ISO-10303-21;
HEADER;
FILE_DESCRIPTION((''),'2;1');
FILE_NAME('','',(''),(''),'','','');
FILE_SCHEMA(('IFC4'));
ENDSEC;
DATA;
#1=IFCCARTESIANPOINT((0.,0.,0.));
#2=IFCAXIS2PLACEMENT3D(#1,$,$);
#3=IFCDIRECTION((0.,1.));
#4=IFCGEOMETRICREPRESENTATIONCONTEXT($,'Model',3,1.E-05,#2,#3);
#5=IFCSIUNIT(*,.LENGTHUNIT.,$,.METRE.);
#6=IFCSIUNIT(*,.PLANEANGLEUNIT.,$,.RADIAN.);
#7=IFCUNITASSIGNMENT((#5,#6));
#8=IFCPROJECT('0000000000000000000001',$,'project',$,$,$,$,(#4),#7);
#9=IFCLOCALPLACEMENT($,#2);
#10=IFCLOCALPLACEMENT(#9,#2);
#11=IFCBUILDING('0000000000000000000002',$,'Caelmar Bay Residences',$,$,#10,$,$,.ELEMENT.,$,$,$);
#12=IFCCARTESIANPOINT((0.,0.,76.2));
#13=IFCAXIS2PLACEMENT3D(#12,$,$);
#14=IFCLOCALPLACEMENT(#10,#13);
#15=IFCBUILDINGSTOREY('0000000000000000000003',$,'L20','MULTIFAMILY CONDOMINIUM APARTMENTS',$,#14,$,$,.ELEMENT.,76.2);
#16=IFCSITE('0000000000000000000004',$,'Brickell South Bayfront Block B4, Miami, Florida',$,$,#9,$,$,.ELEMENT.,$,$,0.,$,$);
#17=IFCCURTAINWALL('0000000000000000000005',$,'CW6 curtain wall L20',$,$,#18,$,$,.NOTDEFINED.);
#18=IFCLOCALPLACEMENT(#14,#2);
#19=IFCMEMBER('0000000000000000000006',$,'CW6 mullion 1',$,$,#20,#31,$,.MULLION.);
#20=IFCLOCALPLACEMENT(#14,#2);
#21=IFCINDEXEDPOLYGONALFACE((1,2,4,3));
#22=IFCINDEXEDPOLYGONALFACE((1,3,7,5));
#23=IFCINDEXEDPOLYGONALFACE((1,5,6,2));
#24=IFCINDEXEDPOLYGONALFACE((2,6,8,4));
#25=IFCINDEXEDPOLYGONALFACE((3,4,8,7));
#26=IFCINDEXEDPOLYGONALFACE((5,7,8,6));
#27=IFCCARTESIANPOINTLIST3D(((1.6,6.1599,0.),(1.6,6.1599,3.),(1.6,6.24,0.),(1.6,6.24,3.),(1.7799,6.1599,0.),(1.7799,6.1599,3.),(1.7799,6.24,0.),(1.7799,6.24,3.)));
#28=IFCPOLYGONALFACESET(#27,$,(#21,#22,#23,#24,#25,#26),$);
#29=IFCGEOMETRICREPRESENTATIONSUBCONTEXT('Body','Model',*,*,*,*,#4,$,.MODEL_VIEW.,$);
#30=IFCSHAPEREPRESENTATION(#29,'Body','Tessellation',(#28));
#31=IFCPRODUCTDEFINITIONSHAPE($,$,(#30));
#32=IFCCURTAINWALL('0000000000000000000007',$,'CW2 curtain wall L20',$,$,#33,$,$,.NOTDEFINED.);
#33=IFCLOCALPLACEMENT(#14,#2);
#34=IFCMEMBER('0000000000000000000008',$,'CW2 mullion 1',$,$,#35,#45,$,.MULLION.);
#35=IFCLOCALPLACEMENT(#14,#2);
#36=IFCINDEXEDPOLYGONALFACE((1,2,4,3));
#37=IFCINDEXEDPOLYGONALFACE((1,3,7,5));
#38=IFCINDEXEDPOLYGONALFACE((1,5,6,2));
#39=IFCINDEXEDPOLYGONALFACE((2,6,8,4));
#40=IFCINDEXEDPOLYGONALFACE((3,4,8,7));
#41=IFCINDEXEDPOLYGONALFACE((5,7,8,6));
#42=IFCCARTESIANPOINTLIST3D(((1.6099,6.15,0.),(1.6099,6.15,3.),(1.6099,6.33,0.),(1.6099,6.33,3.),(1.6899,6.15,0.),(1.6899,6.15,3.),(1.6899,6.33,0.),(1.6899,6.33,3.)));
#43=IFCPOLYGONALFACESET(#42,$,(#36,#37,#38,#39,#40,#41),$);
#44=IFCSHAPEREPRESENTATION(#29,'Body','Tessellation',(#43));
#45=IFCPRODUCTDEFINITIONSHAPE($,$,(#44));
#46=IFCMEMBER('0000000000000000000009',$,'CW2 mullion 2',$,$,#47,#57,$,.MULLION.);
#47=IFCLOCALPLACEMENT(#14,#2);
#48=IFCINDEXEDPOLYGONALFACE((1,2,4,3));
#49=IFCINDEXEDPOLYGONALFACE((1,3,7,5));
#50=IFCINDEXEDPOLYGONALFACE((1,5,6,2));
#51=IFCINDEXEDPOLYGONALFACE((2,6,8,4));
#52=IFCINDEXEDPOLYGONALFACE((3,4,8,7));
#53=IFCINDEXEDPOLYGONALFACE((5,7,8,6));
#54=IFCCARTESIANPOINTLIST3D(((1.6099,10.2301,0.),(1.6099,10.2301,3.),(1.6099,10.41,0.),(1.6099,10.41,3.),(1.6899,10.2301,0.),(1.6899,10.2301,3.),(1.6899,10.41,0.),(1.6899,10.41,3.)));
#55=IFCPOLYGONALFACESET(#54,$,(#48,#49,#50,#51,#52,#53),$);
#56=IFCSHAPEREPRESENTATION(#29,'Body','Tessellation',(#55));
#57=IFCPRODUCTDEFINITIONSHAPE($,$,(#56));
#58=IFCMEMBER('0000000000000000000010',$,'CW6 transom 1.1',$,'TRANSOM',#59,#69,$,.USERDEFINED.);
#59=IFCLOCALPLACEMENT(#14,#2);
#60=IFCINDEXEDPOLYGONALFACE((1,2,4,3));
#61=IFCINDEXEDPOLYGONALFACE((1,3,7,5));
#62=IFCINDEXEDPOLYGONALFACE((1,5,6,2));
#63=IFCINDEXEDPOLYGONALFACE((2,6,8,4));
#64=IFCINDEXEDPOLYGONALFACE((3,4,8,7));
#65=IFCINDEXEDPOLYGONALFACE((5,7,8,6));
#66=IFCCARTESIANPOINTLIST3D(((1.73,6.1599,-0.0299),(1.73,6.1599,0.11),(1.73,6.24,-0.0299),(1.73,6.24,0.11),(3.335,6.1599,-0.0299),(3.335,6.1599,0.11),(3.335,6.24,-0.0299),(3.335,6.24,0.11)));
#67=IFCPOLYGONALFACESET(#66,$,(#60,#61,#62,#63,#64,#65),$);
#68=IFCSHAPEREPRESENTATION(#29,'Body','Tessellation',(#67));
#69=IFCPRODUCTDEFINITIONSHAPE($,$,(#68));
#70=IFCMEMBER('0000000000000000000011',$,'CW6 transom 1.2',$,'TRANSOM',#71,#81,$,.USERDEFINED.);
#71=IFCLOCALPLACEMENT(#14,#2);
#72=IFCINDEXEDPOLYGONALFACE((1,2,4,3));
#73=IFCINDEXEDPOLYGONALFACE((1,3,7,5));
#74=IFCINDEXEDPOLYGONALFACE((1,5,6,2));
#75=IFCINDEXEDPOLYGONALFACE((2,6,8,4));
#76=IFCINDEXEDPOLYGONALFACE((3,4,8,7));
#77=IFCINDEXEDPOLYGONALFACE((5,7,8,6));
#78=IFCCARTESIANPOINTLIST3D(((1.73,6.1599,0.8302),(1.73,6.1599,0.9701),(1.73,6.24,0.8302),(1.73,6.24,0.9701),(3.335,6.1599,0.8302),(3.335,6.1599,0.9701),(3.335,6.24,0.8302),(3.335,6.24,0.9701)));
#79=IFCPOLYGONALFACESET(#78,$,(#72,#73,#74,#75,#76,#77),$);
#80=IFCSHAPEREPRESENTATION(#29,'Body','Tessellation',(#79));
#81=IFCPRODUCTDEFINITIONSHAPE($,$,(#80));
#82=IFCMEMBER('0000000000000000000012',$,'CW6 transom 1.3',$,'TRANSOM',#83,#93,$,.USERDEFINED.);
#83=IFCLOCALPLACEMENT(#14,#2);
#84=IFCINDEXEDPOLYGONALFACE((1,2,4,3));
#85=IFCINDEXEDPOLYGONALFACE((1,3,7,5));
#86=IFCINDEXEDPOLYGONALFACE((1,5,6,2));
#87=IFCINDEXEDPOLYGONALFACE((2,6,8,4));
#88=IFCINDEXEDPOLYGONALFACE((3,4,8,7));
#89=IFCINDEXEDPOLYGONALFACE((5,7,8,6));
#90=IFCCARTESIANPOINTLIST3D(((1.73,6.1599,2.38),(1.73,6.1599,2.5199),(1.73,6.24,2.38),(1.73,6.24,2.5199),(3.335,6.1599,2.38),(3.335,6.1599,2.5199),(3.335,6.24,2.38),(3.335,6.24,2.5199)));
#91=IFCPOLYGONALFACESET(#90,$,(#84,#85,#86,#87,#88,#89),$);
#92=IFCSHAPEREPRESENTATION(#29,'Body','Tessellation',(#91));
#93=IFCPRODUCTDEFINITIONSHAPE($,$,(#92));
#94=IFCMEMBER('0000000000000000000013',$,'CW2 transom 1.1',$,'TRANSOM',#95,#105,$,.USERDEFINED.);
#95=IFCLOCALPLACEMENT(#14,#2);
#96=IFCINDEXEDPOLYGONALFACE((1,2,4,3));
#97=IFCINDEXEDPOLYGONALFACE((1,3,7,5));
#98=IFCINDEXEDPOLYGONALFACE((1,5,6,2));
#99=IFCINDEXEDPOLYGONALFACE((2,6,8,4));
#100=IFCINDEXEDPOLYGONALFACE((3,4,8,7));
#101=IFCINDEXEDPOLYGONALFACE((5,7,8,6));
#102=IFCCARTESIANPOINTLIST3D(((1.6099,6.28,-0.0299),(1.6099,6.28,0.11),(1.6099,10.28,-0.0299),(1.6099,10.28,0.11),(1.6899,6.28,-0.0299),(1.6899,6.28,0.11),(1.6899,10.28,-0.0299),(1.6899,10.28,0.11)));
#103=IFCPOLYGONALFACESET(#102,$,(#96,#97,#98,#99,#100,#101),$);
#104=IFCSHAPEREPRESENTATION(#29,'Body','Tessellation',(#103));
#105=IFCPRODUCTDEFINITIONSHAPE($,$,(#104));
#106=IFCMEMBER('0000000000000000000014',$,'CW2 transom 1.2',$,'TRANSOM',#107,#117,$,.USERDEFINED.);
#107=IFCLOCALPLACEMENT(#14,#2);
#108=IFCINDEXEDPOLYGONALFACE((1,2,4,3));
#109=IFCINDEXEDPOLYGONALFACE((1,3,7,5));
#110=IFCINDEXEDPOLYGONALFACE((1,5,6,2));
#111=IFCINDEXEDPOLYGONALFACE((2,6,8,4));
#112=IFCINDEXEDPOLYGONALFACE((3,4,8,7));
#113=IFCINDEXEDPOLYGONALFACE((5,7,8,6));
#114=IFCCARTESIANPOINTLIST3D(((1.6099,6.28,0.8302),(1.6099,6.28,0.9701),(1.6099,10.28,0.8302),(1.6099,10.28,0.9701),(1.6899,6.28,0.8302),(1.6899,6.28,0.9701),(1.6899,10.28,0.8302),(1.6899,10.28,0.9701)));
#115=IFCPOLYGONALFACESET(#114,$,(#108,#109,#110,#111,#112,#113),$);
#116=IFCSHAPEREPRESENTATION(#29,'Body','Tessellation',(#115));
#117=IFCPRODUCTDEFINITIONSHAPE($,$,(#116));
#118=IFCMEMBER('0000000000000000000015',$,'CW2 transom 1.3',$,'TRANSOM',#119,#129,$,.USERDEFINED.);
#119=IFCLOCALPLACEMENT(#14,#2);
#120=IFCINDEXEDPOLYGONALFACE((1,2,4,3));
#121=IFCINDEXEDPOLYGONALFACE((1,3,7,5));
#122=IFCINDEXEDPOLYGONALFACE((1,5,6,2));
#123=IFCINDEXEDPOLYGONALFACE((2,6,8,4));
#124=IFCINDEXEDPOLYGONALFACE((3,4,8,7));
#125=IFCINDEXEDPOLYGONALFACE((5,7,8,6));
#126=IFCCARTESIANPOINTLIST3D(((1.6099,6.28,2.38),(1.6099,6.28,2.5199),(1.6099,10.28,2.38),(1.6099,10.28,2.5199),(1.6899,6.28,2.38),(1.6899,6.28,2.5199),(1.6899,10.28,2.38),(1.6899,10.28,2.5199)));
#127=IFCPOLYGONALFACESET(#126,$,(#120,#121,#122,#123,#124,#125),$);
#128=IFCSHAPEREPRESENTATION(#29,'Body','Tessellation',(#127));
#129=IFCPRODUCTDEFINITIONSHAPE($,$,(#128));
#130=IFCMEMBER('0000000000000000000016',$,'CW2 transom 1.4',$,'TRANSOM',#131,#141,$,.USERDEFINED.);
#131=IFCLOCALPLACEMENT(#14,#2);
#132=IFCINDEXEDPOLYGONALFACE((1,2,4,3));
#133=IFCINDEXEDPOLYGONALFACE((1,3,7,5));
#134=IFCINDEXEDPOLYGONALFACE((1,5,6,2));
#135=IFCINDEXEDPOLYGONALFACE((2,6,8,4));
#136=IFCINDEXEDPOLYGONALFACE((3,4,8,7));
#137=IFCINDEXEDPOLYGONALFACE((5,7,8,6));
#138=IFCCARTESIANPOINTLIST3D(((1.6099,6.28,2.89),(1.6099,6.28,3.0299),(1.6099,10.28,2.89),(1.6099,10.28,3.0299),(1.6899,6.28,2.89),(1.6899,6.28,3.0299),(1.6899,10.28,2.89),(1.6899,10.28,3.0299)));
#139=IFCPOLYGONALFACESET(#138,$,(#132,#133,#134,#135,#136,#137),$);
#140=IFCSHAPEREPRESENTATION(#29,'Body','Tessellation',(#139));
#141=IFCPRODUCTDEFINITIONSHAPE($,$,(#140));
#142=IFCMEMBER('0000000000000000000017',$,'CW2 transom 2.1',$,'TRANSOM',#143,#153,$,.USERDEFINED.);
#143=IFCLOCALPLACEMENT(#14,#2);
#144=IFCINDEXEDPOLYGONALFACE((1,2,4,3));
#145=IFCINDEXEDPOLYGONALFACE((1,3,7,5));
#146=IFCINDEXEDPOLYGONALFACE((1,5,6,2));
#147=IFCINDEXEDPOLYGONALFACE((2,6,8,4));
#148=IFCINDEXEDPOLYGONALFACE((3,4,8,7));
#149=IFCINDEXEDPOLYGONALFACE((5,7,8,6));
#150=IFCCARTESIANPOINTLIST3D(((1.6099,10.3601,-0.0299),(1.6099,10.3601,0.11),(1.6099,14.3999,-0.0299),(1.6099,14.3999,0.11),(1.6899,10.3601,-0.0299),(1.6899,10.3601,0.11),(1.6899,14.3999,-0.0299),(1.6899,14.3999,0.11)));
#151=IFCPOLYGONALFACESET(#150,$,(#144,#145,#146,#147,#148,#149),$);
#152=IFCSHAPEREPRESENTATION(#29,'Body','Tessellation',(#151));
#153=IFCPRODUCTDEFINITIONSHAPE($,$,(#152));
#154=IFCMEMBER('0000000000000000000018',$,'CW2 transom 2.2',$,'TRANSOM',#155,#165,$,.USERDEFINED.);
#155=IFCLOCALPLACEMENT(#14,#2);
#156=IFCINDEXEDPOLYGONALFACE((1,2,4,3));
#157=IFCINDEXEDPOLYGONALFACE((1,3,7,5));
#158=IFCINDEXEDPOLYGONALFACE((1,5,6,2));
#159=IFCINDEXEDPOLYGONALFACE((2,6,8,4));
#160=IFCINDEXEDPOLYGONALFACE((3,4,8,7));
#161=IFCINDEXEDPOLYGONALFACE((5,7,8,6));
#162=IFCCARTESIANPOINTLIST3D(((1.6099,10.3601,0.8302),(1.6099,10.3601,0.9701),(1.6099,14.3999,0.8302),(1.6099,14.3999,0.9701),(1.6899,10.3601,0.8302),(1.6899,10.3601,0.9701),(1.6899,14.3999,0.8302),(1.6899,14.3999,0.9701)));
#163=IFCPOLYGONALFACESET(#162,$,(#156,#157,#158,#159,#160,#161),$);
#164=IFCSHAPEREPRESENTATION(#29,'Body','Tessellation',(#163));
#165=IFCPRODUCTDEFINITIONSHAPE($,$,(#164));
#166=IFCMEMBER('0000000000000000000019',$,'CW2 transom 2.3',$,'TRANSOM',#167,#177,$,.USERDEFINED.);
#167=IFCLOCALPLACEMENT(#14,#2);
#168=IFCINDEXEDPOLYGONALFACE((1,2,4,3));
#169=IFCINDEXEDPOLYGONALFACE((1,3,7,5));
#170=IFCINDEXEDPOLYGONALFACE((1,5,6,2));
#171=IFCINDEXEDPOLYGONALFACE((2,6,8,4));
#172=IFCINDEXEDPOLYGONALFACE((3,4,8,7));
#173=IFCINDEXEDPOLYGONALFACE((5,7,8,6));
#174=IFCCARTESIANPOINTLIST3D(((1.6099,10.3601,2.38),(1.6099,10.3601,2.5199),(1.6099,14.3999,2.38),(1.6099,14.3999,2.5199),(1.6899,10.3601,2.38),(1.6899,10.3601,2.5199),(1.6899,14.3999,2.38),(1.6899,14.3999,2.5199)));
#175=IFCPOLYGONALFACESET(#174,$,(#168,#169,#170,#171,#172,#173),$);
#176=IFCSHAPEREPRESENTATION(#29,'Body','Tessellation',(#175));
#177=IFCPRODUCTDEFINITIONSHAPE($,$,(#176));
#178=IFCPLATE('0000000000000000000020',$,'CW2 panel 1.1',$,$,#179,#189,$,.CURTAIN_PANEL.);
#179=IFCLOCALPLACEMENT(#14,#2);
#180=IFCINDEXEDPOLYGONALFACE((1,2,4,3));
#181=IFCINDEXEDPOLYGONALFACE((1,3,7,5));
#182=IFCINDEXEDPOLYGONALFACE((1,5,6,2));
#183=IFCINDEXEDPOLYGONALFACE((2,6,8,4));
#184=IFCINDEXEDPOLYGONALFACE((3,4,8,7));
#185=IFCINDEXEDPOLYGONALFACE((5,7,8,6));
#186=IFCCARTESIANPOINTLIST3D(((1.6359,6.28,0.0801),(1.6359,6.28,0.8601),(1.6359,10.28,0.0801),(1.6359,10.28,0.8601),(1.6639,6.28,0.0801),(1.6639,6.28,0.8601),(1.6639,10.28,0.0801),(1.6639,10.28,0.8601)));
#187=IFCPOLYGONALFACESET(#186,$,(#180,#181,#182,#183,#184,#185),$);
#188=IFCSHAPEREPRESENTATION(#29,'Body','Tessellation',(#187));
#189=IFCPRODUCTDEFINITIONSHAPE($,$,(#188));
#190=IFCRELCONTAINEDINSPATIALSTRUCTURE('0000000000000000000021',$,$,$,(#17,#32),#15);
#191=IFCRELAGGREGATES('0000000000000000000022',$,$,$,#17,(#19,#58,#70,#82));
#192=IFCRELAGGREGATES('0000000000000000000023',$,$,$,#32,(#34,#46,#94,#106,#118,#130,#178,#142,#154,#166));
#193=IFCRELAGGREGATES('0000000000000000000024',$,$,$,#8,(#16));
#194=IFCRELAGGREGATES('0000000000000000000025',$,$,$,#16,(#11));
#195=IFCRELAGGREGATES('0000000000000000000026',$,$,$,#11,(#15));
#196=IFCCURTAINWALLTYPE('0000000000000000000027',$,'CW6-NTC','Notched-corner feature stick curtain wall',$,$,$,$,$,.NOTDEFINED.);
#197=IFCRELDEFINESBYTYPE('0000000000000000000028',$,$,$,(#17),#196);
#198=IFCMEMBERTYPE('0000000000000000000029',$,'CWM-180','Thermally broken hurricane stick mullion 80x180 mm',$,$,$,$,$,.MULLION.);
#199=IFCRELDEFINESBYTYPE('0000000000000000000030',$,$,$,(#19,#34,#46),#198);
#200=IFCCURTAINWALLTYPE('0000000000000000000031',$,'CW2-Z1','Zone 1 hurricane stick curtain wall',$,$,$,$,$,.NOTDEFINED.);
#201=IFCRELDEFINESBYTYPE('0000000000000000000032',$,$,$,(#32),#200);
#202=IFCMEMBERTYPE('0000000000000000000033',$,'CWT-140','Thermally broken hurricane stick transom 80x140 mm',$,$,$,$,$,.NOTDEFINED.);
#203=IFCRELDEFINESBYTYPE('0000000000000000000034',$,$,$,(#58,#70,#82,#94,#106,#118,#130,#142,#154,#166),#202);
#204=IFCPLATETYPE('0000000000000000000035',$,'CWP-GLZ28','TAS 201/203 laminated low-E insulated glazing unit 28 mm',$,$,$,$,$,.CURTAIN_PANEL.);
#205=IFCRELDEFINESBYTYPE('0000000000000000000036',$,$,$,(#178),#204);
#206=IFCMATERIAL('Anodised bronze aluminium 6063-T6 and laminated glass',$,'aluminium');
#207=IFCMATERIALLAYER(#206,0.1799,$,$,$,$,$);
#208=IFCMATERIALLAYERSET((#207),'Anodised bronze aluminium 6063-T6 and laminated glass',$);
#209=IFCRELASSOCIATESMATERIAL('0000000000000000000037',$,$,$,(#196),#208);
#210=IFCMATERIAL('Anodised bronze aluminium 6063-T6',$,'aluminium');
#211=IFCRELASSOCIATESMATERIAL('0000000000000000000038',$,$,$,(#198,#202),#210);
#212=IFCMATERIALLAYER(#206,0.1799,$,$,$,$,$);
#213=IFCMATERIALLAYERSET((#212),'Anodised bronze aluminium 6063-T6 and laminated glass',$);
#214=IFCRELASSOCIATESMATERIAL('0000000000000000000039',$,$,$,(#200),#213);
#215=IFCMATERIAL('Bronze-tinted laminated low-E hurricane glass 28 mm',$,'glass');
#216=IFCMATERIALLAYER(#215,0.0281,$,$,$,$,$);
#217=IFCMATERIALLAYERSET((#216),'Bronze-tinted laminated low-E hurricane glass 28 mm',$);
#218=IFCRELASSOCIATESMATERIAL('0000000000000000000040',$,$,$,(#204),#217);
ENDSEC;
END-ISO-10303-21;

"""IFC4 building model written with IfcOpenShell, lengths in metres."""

from ifc_helpers import new_model, si_unit, direction, frame, origin, origin_2d, place, context, subcontext, project, spatial, rectangle, extrude, material, layer, layer_set, material_profile, profile_set, type_object, element, aggregate, save


model = new_model("IFC4")

# Units and contexts
model_context = context("Model", 3, precision=1e-05, world=origin(), true_north=direction((0.0, 1.0)))
body_context = subcontext(model_context, "Body", "Model", "MODEL_VIEW")
ifc_project = project(units=[si_unit("LENGTHUNIT", "METRE"), si_unit("PLANEANGLEUNIT", "RADIAN")], contexts=[model_context])

# Site, building, storey
site_placement = place(None, origin())
site = spatial("IfcSite", under=ifc_project, at=site_placement, Name="Brickell South Bayfront Block B4, Miami, Florida", CompositionType="ELEMENT", RefElevation=0.0)
building_placement = place(site_placement, origin())
building = spatial("IfcBuilding", under=site, at=building_placement, Name="Caelmar Bay Residences", CompositionType="ELEMENT")
storey_placement = place(building_placement, frame((0.0, 0.0, 76.2)))
storey = spatial("IfcBuildingStorey", under=building, at=storey_placement, Name="L20", Description="MULTIFAMILY CONDOMINIUM APARTMENTS", CompositionType="ELEMENT", Elevation=76.2)

# Curtain wall, member
ifc_material_1 = material(Name="Anodised bronze aluminium 6063-T6 and laminated glass", Category="aluminium")
ifc_layer_1 = layer(ifc_material_1, 0.1799)
ifc_layer_set_1 = layer_set([ifc_layer_1], Name="Anodised bronze aluminium 6063-T6 and laminated glass")
curtain_wall_type_1 = type_object("IfcCurtainWallType", Name="CW6-NTC", Description="Notched-corner feature stick curtain wall", PredefinedType="NOTDEFINED", material=ifc_layer_set_1)
curtain_wall_1_placement = place(storey_placement, origin())
curtain_wall_1 = element("IfcCurtainWall", 1, at=curtain_wall_1_placement, inside=storey, type_object=curtain_wall_type_1, Name="CW6 curtain wall L20", PredefinedType="NOTDEFINED")
ifc_material_2 = material(Name="Anodised bronze aluminium 6063-T6", Category="aluminium")
ifc_material_profile_1 = material_profile(ifc_material_2, rectangle(XDim=0.0801, YDim=0.1799, at=origin_2d()), Name="CWM-80X180")
ifc_profile_set_1 = profile_set([ifc_material_profile_1], Name="Anodised bronze aluminium 6063-T6")
member_type_1 = type_object("IfcMemberType", Name="CWM-180", Description="Thermally broken hurricane stick mullion 80x180 mm", PredefinedType="MULLION", material=ifc_profile_set_1)
member_1_placement = place(storey_placement, frame((1.6899, 6.2, 0.0), z_axis=(0.0, 0.0, 1.0), x_axis=(0.0, 1.0, 0.0)))
member_1 = element("IfcMember", 2, at=member_1_placement, type_object=member_type_1, Name="CW6 mullion 1", PredefinedType="MULLION", context=body_context, shape_type="SweptSolid", body=[
    extrude(rectangle(XDim=0.0801, YDim=0.1799, at=origin_2d()), origin(), (0.0, 0.0, 1.0), 3.0),
])

# Curtain wall, members
ifc_layer_2 = layer(ifc_material_1, 0.1799)
ifc_layer_set_2 = layer_set([ifc_layer_2], Name="Anodised bronze aluminium 6063-T6 and laminated glass")
curtain_wall_type_2 = type_object("IfcCurtainWallType", Name="CW2-Z1", Description="Zone 1 hurricane stick curtain wall", PredefinedType="NOTDEFINED", material=ifc_layer_set_2)
curtain_wall_2_placement = place(storey_placement, origin())
curtain_wall_2 = element("IfcCurtainWall", 3, at=curtain_wall_2_placement, inside=storey, type_object=curtain_wall_type_2, Name="CW2 curtain wall L20", PredefinedType="NOTDEFINED")
member_2_placement = place(storey_placement, frame((1.6499, 6.24, 0.0), z_axis=(0.0, 0.0, 1.0), x_axis=(-1.0, 0.0, 0.0)))
member_2 = element("IfcMember", 4, at=member_2_placement, type_object=member_type_1, Name="CW2 mullion 1", PredefinedType="MULLION", context=body_context, shape_type="SweptSolid", body=[
    extrude(rectangle(XDim=0.0801, YDim=0.1799, at=origin_2d()), origin(), (0.0, 0.0, 1.0), 3.0),
])
member_3_placement = place(storey_placement, frame((1.6499, 10.3201, 0.0), z_axis=(0.0, 0.0, 1.0), x_axis=(-1.0, 0.0, 0.0)))
member_3 = element("IfcMember", 5, at=member_3_placement, type_object=member_type_1, Name="CW2 mullion 2", PredefinedType="MULLION", context=body_context, shape_type="SweptSolid", body=[
    extrude(rectangle(XDim=0.0801, YDim=0.1799, at=origin_2d()), origin(), (0.0, 0.0, 1.0), 3.0),
])

# Members
ifc_material_profile_2 = material_profile(ifc_material_2, rectangle(XDim=0.0801, YDim=0.1399, at=origin_2d()), Name="CWT-80X140")
ifc_profile_set_2 = profile_set([ifc_material_profile_2], Name="Anodised bronze aluminium 6063-T6")
member_type_2 = type_object("IfcMemberType", Name="CWT-140", Description="Thermally broken hurricane stick transom 80x140 mm", PredefinedType="NOTDEFINED", material=ifc_profile_set_2)
member_4_placement = place(storey_placement, frame((1.73, 6.2, 0.04), z_axis=(1.0, 0.0, 0.0), x_axis=(0.0, 1.0, 0.0)))
member_4 = element("IfcMember", 6, at=member_4_placement, type_object=member_type_2, Name="CW6 transom 1.1", ObjectType="TRANSOM", PredefinedType="USERDEFINED", context=body_context, shape_type="SweptSolid", body=[
    extrude(rectangle(XDim=0.0801, YDim=0.1399, at=origin_2d()), origin(), (0.0, 0.0, 1.0), 1.605),
])
member_5_placement = place(storey_placement, frame((1.73, 6.2, 0.9001), z_axis=(1.0, 0.0, 0.0), x_axis=(0.0, 1.0, 0.0)))
member_5 = element("IfcMember", 7, at=member_5_placement, type_object=member_type_2, Name="CW6 transom 1.2", ObjectType="TRANSOM", PredefinedType="USERDEFINED", context=body_context, shape_type="SweptSolid", body=[
    extrude(rectangle(XDim=0.0801, YDim=0.1399, at=origin_2d()), origin(), (0.0, 0.0, 1.0), 1.605),
])
member_6_placement = place(storey_placement, frame((1.73, 6.2, 2.45), z_axis=(1.0, 0.0, 0.0), x_axis=(0.0, 1.0, 0.0)))
member_6 = element("IfcMember", 8, at=member_6_placement, type_object=member_type_2, Name="CW6 transom 1.3", ObjectType="TRANSOM", PredefinedType="USERDEFINED", context=body_context, shape_type="SweptSolid", body=[
    extrude(rectangle(XDim=0.0801, YDim=0.1399, at=origin_2d()), origin(), (0.0, 0.0, 1.0), 1.605),
])
aggregate(curtain_wall_1, [member_1, member_4, member_5, member_6])
member_7_placement = place(storey_placement, frame((1.6499, 6.28, 0.04), z_axis=(0.0, 1.0, 0.0), x_axis=(-1.0, 0.0, 0.0)))
member_7 = element("IfcMember", 9, at=member_7_placement, type_object=member_type_2, Name="CW2 transom 1.1", ObjectType="TRANSOM", PredefinedType="USERDEFINED", context=body_context, shape_type="SweptSolid", body=[
    extrude(rectangle(XDim=0.0801, YDim=0.1399, at=origin_2d()), origin(), (0.0, 0.0, 1.0), 4.0),
])
member_8_placement = place(storey_placement, frame((1.6499, 6.28, 0.9001), z_axis=(0.0, 1.0, 0.0), x_axis=(-1.0, 0.0, 0.0)))
member_8 = element("IfcMember", 10, at=member_8_placement, type_object=member_type_2, Name="CW2 transom 1.2", ObjectType="TRANSOM", PredefinedType="USERDEFINED", context=body_context, shape_type="SweptSolid", body=[
    extrude(rectangle(XDim=0.0801, YDim=0.1399, at=origin_2d()), origin(), (0.0, 0.0, 1.0), 4.0),
])
member_9_placement = place(storey_placement, frame((1.6499, 6.28, 2.45), z_axis=(0.0, 1.0, 0.0), x_axis=(-1.0, 0.0, 0.0)))
member_9 = element("IfcMember", 11, at=member_9_placement, type_object=member_type_2, Name="CW2 transom 1.3", ObjectType="TRANSOM", PredefinedType="USERDEFINED", context=body_context, shape_type="SweptSolid", body=[
    extrude(rectangle(XDim=0.0801, YDim=0.1399, at=origin_2d()), origin(), (0.0, 0.0, 1.0), 4.0),
])
member_10_placement = place(storey_placement, frame((1.6499, 6.28, 2.96), z_axis=(0.0, 1.0, 0.0), x_axis=(-1.0, 0.0, 0.0)))
member_10 = element("IfcMember", 12, at=member_10_placement, type_object=member_type_2, Name="CW2 transom 1.4", ObjectType="TRANSOM", PredefinedType="USERDEFINED", context=body_context, shape_type="SweptSolid", body=[
    extrude(rectangle(XDim=0.0801, YDim=0.1399, at=origin_2d()), origin(), (0.0, 0.0, 1.0), 4.0),
])
member_11_placement = place(storey_placement, frame((1.6499, 10.3601, 0.04), z_axis=(0.0, 1.0, 0.0), x_axis=(-1.0, 0.0, 0.0)))
member_11 = element("IfcMember", 13, at=member_11_placement, type_object=member_type_2, Name="CW2 transom 2.1", ObjectType="TRANSOM", PredefinedType="USERDEFINED", context=body_context, shape_type="SweptSolid", body=[
    extrude(rectangle(XDim=0.0801, YDim=0.1399, at=origin_2d()), origin(), (0.0, 0.0, 1.0), 4.0398),
])
member_12_placement = place(storey_placement, frame((1.6499, 10.3601, 0.9001), z_axis=(0.0, 1.0, 0.0), x_axis=(-1.0, 0.0, 0.0)))
member_12 = element("IfcMember", 14, at=member_12_placement, type_object=member_type_2, Name="CW2 transom 2.2", ObjectType="TRANSOM", PredefinedType="USERDEFINED", context=body_context, shape_type="SweptSolid", body=[
    extrude(rectangle(XDim=0.0801, YDim=0.1399, at=origin_2d()), origin(), (0.0, 0.0, 1.0), 4.0398),
])
member_13_placement = place(storey_placement, frame((1.6499, 10.3601, 2.45), z_axis=(0.0, 1.0, 0.0), x_axis=(-1.0, 0.0, 0.0)))
member_13 = element("IfcMember", 15, at=member_13_placement, type_object=member_type_2, Name="CW2 transom 2.3", ObjectType="TRANSOM", PredefinedType="USERDEFINED", context=body_context, shape_type="SweptSolid", body=[
    extrude(rectangle(XDim=0.0801, YDim=0.1399, at=origin_2d()), origin(), (0.0, 0.0, 1.0), 4.0398),
])

# Plate
ifc_material_3 = material(Name="Bronze-tinted laminated low-E hurricane glass 28 mm", Category="glass")
ifc_layer_3 = layer(ifc_material_3, 0.0281)
ifc_layer_set_3 = layer_set([ifc_layer_3], Name="Bronze-tinted laminated low-E hurricane glass 28 mm")
plate_type = type_object("IfcPlateType", Name="CWP-GLZ28", Description="TAS 201/203 laminated low-E insulated glazing unit 28 mm", PredefinedType="CURTAIN_PANEL", material=ifc_layer_set_3)
plate_1_placement = place(storey_placement, frame((1.6499, 8.28, 0.0801), z_axis=(0.0, 0.0, 1.0), x_axis=(0.0, 1.0, 0.0)))
plate_1 = element("IfcPlate", 16, at=plate_1_placement, type_object=plate_type, Name="CW2 panel 1.1", PredefinedType="CURTAIN_PANEL", context=body_context, shape_type="SweptSolid", body=[
    extrude(rectangle(XDim=4.0, YDim=0.0281, at=origin_2d()), origin(), (0.0, 0.0, 1.0), 0.78),
])
aggregate(curtain_wall_2, [member_2, member_3, member_7, member_8, member_9, member_10, plate_1, member_11, member_12, member_13])

save(model, "model.ifc")
